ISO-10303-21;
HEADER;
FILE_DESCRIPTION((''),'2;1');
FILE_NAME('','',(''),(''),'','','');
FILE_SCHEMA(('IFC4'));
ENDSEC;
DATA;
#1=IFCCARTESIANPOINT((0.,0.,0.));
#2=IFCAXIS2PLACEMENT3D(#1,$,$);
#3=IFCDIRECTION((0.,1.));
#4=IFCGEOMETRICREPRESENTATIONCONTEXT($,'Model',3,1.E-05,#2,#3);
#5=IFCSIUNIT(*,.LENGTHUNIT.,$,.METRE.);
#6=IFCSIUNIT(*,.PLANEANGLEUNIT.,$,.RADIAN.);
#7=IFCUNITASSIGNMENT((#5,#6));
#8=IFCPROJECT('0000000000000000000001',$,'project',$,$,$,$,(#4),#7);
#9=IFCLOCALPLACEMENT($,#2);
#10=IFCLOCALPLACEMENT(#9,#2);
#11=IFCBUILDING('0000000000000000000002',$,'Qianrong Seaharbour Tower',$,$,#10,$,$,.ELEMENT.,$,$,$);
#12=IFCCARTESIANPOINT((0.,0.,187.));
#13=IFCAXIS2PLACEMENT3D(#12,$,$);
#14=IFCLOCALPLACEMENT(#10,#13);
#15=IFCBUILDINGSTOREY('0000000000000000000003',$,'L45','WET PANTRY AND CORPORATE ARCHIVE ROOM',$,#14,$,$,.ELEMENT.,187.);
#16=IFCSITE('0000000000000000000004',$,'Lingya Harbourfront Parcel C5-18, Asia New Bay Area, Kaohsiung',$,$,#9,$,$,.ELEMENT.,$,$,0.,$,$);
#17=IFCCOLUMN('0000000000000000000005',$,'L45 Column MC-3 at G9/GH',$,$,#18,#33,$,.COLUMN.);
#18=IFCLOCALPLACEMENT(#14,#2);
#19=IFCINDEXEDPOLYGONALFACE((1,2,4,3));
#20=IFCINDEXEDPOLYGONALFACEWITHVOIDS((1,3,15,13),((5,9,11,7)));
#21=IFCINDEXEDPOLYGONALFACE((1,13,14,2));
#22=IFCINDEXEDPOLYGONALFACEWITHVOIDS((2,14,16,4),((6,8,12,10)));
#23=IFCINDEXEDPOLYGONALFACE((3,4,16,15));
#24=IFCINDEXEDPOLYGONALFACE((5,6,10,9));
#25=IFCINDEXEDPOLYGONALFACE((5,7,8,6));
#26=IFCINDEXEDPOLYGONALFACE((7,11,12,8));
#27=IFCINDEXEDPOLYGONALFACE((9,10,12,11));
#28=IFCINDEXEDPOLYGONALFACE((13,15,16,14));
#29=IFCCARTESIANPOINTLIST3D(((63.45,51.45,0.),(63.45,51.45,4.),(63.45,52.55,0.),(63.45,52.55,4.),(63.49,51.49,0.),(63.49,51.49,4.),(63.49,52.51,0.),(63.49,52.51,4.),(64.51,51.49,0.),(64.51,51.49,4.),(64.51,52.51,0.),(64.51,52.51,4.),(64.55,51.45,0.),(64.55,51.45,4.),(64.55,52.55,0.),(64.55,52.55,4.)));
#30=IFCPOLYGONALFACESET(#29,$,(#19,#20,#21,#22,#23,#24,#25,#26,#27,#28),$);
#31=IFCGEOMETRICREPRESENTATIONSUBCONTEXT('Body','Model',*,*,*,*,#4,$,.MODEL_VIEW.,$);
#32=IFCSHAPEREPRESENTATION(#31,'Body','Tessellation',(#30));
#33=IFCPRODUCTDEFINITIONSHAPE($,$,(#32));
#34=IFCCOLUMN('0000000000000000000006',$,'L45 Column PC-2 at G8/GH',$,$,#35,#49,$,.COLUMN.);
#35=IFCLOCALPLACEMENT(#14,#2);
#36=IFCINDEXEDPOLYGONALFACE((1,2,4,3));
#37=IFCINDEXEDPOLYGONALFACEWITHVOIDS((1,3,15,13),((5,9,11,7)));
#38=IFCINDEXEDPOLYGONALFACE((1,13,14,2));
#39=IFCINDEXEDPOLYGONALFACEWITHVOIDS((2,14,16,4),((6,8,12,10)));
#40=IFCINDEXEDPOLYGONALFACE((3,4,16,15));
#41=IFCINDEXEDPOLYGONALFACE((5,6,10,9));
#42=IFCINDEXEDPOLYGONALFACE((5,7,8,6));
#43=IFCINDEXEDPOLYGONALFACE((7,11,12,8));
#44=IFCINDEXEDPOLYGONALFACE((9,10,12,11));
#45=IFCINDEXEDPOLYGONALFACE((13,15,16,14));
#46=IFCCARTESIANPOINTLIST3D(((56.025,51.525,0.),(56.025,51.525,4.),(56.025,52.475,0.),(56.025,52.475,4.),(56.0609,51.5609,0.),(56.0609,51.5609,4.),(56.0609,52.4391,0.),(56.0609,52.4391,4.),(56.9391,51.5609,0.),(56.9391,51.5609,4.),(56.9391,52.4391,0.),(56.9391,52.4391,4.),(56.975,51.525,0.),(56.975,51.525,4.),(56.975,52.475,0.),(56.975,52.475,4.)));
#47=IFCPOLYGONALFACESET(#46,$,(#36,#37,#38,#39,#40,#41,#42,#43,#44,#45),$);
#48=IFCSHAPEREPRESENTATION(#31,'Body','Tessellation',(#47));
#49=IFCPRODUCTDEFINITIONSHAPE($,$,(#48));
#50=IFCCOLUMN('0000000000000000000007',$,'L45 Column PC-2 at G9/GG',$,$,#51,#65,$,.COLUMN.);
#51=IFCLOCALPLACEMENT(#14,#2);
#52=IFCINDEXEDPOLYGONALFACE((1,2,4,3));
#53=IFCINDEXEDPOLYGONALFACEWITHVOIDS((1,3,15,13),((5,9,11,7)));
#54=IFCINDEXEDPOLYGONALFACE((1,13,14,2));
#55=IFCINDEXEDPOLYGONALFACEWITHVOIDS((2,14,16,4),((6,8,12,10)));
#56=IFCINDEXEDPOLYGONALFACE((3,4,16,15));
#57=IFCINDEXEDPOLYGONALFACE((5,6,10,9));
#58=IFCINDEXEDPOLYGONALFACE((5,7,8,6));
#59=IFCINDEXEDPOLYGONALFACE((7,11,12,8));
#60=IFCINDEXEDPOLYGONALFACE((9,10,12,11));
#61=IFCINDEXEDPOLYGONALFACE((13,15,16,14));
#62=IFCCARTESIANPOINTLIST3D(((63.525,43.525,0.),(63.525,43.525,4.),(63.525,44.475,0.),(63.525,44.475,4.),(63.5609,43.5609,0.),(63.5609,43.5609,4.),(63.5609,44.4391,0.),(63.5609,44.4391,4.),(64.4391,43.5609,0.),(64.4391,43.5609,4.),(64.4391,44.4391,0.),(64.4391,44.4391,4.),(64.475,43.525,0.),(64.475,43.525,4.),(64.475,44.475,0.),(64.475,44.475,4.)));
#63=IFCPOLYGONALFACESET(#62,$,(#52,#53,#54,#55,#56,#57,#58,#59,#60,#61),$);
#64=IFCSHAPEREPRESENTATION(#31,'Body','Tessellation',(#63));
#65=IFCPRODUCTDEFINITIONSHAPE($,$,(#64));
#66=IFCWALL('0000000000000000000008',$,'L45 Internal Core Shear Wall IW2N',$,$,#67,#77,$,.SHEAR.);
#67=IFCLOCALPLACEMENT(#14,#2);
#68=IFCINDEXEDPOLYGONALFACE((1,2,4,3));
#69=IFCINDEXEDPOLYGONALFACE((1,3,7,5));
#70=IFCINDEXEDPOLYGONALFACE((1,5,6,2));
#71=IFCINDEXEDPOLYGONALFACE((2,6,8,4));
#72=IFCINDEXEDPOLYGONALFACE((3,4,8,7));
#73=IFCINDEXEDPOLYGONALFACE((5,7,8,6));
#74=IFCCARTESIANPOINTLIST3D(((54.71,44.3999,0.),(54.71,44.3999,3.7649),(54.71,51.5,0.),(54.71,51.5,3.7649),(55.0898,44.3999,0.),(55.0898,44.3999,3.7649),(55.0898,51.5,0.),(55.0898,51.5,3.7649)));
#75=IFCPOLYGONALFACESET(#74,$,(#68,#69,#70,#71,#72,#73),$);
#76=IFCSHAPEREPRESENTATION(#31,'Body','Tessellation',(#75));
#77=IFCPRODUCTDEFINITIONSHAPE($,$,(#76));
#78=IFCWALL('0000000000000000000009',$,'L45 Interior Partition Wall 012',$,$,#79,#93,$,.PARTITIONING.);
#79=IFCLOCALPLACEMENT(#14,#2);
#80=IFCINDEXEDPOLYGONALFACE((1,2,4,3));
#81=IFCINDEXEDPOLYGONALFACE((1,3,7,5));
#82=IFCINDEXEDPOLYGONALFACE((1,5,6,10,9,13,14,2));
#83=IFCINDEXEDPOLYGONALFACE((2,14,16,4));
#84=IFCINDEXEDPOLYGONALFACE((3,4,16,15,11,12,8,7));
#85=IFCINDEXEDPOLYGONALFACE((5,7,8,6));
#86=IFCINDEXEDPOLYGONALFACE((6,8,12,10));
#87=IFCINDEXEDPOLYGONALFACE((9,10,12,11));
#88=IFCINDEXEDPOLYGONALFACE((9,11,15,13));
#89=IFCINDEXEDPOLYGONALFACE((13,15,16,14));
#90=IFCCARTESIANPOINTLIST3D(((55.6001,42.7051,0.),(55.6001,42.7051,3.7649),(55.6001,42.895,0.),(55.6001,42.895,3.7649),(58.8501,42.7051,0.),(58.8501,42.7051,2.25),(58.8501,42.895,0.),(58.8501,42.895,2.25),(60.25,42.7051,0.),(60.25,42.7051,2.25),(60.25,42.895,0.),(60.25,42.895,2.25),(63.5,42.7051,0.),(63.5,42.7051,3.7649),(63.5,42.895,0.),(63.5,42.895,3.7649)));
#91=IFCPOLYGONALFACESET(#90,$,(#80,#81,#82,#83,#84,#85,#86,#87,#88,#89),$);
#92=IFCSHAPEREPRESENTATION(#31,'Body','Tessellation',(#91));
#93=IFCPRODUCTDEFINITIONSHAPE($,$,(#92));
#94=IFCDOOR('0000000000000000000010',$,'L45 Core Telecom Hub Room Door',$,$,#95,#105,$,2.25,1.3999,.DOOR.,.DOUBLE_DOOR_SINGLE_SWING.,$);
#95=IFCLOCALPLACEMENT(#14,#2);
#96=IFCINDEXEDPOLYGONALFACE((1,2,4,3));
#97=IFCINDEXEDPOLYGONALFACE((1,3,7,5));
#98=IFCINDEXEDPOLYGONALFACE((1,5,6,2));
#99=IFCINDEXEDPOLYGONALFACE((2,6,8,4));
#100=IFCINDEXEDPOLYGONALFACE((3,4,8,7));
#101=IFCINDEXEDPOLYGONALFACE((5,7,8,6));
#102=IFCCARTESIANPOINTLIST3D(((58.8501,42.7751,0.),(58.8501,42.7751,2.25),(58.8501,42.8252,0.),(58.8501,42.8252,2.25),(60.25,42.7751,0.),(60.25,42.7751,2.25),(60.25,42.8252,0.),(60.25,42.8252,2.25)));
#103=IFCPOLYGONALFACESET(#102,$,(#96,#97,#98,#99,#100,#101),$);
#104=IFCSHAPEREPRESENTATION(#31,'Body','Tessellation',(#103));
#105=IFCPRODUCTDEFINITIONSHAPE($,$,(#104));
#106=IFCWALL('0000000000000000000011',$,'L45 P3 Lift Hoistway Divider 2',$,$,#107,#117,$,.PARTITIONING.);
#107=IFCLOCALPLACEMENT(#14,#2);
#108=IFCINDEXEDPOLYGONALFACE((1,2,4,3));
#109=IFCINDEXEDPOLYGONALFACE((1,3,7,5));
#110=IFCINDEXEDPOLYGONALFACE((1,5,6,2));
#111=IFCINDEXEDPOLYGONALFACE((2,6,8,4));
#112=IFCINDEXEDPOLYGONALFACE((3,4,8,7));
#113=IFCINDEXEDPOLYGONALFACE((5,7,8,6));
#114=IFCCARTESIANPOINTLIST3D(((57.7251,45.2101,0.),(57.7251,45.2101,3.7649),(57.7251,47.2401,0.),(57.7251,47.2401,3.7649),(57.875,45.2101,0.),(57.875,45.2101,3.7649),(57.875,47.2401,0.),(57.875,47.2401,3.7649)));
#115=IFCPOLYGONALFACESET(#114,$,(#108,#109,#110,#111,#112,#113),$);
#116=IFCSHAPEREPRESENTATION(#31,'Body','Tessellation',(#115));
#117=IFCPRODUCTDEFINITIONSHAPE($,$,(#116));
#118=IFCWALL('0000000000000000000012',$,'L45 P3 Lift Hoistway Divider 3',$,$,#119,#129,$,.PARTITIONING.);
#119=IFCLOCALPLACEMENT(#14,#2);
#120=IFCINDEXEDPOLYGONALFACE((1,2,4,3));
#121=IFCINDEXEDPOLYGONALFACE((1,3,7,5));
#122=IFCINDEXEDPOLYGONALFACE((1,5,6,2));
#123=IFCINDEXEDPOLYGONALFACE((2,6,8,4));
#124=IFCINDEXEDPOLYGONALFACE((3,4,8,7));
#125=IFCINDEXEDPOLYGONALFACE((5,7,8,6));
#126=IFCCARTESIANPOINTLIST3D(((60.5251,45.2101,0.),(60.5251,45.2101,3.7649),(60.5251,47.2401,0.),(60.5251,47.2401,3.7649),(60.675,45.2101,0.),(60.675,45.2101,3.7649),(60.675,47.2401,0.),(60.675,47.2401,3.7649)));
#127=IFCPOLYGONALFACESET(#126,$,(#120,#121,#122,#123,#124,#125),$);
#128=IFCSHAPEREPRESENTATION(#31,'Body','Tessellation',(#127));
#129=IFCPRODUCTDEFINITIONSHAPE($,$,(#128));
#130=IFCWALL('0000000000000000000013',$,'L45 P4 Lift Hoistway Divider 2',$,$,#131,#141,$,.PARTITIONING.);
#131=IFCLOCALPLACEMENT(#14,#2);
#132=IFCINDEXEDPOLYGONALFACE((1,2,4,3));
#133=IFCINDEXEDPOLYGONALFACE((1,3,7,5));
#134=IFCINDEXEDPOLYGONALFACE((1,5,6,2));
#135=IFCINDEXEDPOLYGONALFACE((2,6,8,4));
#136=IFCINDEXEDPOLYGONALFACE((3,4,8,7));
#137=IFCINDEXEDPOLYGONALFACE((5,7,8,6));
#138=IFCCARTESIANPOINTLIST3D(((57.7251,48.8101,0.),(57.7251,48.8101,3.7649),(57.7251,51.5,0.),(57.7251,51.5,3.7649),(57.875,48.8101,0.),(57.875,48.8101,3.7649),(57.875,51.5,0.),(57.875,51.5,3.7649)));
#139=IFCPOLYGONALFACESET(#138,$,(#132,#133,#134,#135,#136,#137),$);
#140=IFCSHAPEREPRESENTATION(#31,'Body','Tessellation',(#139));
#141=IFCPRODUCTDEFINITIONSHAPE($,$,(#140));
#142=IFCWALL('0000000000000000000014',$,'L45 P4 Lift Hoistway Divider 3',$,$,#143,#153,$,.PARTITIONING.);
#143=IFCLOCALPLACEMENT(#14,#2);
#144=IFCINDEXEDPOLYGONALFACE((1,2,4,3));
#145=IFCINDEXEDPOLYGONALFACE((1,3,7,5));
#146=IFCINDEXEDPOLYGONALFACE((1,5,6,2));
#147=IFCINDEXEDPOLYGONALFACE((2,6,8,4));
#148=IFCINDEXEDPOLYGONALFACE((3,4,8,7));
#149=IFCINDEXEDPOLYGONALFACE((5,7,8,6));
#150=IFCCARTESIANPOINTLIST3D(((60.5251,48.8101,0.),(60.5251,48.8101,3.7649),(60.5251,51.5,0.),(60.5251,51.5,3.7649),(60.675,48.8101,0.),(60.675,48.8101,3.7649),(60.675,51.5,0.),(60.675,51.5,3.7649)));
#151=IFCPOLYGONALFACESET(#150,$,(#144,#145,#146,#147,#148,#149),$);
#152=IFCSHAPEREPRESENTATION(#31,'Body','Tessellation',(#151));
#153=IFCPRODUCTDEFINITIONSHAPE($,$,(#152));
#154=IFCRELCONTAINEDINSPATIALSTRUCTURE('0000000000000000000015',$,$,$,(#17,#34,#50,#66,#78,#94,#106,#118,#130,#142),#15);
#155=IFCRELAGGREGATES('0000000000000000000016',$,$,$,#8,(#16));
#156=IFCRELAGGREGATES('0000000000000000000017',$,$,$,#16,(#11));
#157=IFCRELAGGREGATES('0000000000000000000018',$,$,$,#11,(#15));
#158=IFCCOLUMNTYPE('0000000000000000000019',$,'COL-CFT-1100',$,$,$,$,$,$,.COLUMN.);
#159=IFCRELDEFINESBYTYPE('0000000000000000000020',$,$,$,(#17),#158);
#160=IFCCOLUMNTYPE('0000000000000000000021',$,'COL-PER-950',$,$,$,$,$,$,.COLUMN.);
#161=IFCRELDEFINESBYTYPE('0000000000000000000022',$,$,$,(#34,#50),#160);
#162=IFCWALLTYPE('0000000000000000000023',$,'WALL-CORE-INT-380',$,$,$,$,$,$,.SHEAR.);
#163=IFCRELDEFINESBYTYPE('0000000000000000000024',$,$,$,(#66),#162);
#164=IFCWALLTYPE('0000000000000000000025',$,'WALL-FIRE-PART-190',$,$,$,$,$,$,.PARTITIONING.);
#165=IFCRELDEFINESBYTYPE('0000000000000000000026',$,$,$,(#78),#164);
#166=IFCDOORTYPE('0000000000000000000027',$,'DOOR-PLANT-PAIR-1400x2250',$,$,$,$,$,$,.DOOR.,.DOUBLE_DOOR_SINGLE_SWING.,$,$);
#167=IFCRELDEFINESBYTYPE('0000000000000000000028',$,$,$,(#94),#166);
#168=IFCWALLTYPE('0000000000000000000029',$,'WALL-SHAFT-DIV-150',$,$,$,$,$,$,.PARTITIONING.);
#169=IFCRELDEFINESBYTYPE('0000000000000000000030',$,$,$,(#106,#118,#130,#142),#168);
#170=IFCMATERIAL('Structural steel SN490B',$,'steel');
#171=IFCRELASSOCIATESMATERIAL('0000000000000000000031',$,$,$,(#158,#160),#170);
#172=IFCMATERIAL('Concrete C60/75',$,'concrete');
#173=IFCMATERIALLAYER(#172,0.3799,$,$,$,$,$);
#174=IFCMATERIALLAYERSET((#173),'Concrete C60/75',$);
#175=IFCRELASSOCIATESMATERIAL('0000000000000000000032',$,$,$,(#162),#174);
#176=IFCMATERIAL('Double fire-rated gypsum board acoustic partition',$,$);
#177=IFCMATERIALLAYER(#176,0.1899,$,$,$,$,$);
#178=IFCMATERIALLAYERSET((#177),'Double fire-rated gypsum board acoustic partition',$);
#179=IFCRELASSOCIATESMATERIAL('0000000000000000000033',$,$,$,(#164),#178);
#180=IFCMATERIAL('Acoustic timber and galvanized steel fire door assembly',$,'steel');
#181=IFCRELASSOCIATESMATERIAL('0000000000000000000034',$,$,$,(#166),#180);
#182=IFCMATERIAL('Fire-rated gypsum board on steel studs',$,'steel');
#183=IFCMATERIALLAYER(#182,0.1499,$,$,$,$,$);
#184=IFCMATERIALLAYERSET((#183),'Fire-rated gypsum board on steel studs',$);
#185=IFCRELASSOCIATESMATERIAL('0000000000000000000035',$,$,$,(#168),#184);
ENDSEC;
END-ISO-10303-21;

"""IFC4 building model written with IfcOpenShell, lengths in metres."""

from ifc_helpers import new_model, si_unit, direction, frame, frame_2d, origin, origin_2d, place, context, subcontext, project, spatial, rectangle, hollow_rectangle, extrude, material, layer, layer_set, material_profile, profile_set, type_object, element, fill, save


model = new_model("IFC4")

# Units and contexts
model_context = context("Model", 3, precision=1e-05, world=origin(), true_north=direction((0.0, 1.0)))
body_context = subcontext(model_context, "Body", "Model", "MODEL_VIEW")
ifc_project = project(units=[si_unit("LENGTHUNIT", "METRE"), si_unit("PLANEANGLEUNIT", "RADIAN")], contexts=[model_context])

# Site, building, storey
site_placement = place(None, origin())
site = spatial("IfcSite", under=ifc_project, at=site_placement, Name="Lingya Harbourfront Parcel C5-18, Asia New Bay Area, Kaohsiung", CompositionType="ELEMENT", RefElevation=0.0)
building_placement = place(site_placement, origin())
building = spatial("IfcBuilding", under=site, at=building_placement, Name="Qianrong Seaharbour Tower", CompositionType="ELEMENT")
storey_placement = place(building_placement, frame((0.0, 0.0, 187.0)))
storey = spatial("IfcBuildingStorey", under=building, at=storey_placement, Name="L45", Description="WET PANTRY AND CORPORATE ARCHIVE ROOM", CompositionType="ELEMENT", Elevation=187.0)

# Columns
ifc_material_1 = material(Name="Structural steel SN490B", Category="steel")
ifc_material_profile_1 = material_profile(ifc_material_1, hollow_rectangle(XDim=1.1001, YDim=1.1001, WallThickness=0.04, at=origin_2d()), Name="BOX1100x1100x40")
ifc_profile_set_1 = profile_set([ifc_material_profile_1], Name="Structural steel SN490B")
column_type_1 = type_object("IfcColumnType", Name="COL-CFT-1100", PredefinedType="COLUMN", material=ifc_profile_set_1)
column_placement = place(storey_placement, frame((64.0, 52.0, 0.0), z_axis=(0.0, 0.0, 1.0), x_axis=(1.0, 0.0, 0.0)))
element("IfcColumn", 1, at=column_placement, inside=storey, type_object=column_type_1, Name="L45 Column MC-3 at G9/GH", PredefinedType="COLUMN", context=body_context, shape_type="SweptSolid", body=[
    extrude(hollow_rectangle(XDim=1.1001, YDim=1.1001, WallThickness=0.04, at=origin_2d()), origin(), (0.0, 0.0, 1.0), 4.0),
])
ifc_material_profile_2 = material_profile(ifc_material_1, hollow_rectangle(XDim=0.95, YDim=0.95, WallThickness=0.0359, at=origin_2d()), Name="BOX950x950x36")
ifc_profile_set_2 = profile_set([ifc_material_profile_2], Name="Structural steel SN490B")
column_type_2 = type_object("IfcColumnType", Name="COL-PER-950", PredefinedType="COLUMN", material=ifc_profile_set_2)
for number, where, z_axis, x_axis, name in (
    (2, (56.5, 52.0, 0.0), (0.0, 0.0, 1.0), (1.0, 0.0, 0.0), "L45 Column PC-2 at G8/GH"),
    (3, (64.0, 44.0, 0.0), (0.0, 0.0, 1.0), (1.0, 0.0, 0.0), "L45 Column PC-2 at G9/GG"),
):
    element("IfcColumn", number, at=place(storey_placement, frame(where, z_axis=z_axis, x_axis=x_axis)), inside=storey, type_object=column_type_2, Name=name, PredefinedType="COLUMN", context=body_context, shape_type="SweptSolid", body=[
        extrude(hollow_rectangle(XDim=0.95, YDim=0.95, WallThickness=0.0359, at=origin_2d()), origin(), (0.0, 0.0, 1.0), 4.0),
    ])

# Wall
ifc_material_2 = material(Name="Concrete C60/75", Category="concrete")
ifc_layer_1 = layer(ifc_material_2, 0.3799)
ifc_layer_set_1 = layer_set([ifc_layer_1], Name="Concrete C60/75")
wall_type_1 = type_object("IfcWallType", Name="WALL-CORE-INT-380", PredefinedType="SHEAR", material=ifc_layer_set_1)
wall_1_placement = place(storey_placement, frame((54.8999, 44.3999, 0.0), z_axis=(0.0, 0.0, 1.0), x_axis=(0.0, 1.0, 0.0)))
element("IfcWall", 4, at=wall_1_placement, inside=storey, type_object=wall_type_1, Name="L45 Internal Core Shear Wall IW2N", PredefinedType="SHEAR", context=body_context, shape_type="SweptSolid", body=[
    extrude(rectangle(XDim=7.1001, YDim=0.3799, at=frame_2d((3.55, 0.0))), origin(), (0.0, 0.0, 1.0), 3.7649),
])

# Wall, opening, door
ifc_material_3 = material(Name="Double fire-rated gypsum board acoustic partition")
ifc_layer_2 = layer(ifc_material_3, 0.1899)
ifc_layer_set_2 = layer_set([ifc_layer_2], Name="Double fire-rated gypsum board acoustic partition")
wall_type_2 = type_object("IfcWallType", Name="WALL-FIRE-PART-190", PredefinedType="PARTITIONING", material=ifc_layer_set_2)
ifc_material_4 = material(Name="Acoustic timber and galvanized steel fire door assembly", Category="steel")
wall_2_placement = place(storey_placement, frame((63.5, 42.8, 0.0), z_axis=(0.0, 0.0, 1.0), x_axis=(-1.0, 0.0, 0.0)))
wall_2 = element("IfcWall", 5, at=wall_2_placement, inside=storey, type_object=wall_type_2, Name="L45 Interior Partition Wall 012", PredefinedType="PARTITIONING", context=body_context, shape_type="SweptSolid", body=[
    extrude(rectangle(XDim=7.8999, YDim=0.1899, at=frame_2d((3.95, 0.0))), origin(), (0.0, 0.0, 1.0), 3.7649),
])
opening_1_placement = place(wall_2_placement, frame((3.25, 0.0, 0.0)))
opening_1 = element("IfcOpeningElement", 6, at=opening_1_placement, cuts=wall_2, PredefinedType="OPENING", context=body_context, shape_type="SweptSolid", body=[
    extrude(rectangle(XDim=1.3999, YDim=2.25, at=frame_2d((0.7, 1.125))), frame((0.0, 0.105, 0.0), z_axis=(0.0, -1.0, 0.0), x_axis=(1.0, 0.0, 0.0)), (0.0, 0.0, 1.0), 0.21),
])
door_type_1 = type_object("IfcDoorType", Name="DOOR-PLANT-PAIR-1400x2250", OperationType="DOUBLE_DOOR_SINGLE_SWING", PredefinedType="DOOR", material=ifc_material_4)
door_1_placement = place(opening_1_placement, origin())
door_1 = element("IfcDoor", 7, at=door_1_placement, inside=storey, type_object=door_type_1, Name="L45 Core Telecom Hub Room Door", OperationType="DOUBLE_DOOR_SINGLE_SWING", OverallHeight=2.25, OverallWidth=1.3999, PredefinedType="DOOR", context=body_context, shape_type="SweptSolid", body=[
    extrude(rectangle(XDim=1.3999, YDim=2.25, at=frame_2d((0.7, 1.125))), frame((0.0, 0.0249, 0.0), z_axis=(0.0, -1.0, 0.0), x_axis=(1.0, 0.0, 0.0)), (0.0, 0.0, 1.0), 0.05),
])
fill(opening_1, door_1)

# Walls
ifc_material_5 = material(Name="Fire-rated gypsum board on steel studs", Category="steel")
ifc_layer_3 = layer(ifc_material_5, 0.1499)
ifc_layer_set_3 = layer_set([ifc_layer_3], Name="Fire-rated gypsum board on steel studs")
wall_type_3 = type_object("IfcWallType", Name="WALL-SHAFT-DIV-150", PredefinedType="PARTITIONING", material=ifc_layer_set_3)
for number, where, z_axis, x_axis, name in (
    (8, (57.8, 45.21, 0.0), (0.0, 0.0, 1.0), (0.0, 1.0, 0.0), "L45 P3 Lift Hoistway Divider 2"),
    (9, (60.6001, 45.21, 0.0), (0.0, 0.0, 1.0), (0.0, 1.0, 0.0), "L45 P3 Lift Hoistway Divider 3"),
):
    element("IfcWall", number, at=place(storey_placement, frame(where, z_axis=z_axis, x_axis=x_axis)), inside=storey, type_object=wall_type_3, Name=name, PredefinedType="PARTITIONING", context=body_context, shape_type="SweptSolid", body=[
        extrude(rectangle(XDim=2.03, YDim=0.1499, at=frame_2d((1.0151, 0.0))), origin(), (0.0, 0.0, 1.0), 3.7649),
    ])
for number, where, z_axis, x_axis, name in (
    (10, (57.8, 48.8101, 0.0), (0.0, 0.0, 1.0), (0.0, 1.0, 0.0), "L45 P4 Lift Hoistway Divider 2"),
    (11, (60.6001, 48.8101, 0.0), (0.0, 0.0, 1.0), (0.0, 1.0, 0.0), "L45 P4 Lift Hoistway Divider 3"),
):
    element("IfcWall", number, at=place(storey_placement, frame(where, z_axis=z_axis, x_axis=x_axis)), inside=storey, type_object=wall_type_3, Name=name, PredefinedType="PARTITIONING", context=body_context, shape_type="SweptSolid", body=[
        extrude(rectangle(XDim=2.6899, YDim=0.1499, at=frame_2d((1.345, 0.0))), origin(), (0.0, 0.0, 1.0), 3.7649),
    ])

save(model, "model.ifc")
